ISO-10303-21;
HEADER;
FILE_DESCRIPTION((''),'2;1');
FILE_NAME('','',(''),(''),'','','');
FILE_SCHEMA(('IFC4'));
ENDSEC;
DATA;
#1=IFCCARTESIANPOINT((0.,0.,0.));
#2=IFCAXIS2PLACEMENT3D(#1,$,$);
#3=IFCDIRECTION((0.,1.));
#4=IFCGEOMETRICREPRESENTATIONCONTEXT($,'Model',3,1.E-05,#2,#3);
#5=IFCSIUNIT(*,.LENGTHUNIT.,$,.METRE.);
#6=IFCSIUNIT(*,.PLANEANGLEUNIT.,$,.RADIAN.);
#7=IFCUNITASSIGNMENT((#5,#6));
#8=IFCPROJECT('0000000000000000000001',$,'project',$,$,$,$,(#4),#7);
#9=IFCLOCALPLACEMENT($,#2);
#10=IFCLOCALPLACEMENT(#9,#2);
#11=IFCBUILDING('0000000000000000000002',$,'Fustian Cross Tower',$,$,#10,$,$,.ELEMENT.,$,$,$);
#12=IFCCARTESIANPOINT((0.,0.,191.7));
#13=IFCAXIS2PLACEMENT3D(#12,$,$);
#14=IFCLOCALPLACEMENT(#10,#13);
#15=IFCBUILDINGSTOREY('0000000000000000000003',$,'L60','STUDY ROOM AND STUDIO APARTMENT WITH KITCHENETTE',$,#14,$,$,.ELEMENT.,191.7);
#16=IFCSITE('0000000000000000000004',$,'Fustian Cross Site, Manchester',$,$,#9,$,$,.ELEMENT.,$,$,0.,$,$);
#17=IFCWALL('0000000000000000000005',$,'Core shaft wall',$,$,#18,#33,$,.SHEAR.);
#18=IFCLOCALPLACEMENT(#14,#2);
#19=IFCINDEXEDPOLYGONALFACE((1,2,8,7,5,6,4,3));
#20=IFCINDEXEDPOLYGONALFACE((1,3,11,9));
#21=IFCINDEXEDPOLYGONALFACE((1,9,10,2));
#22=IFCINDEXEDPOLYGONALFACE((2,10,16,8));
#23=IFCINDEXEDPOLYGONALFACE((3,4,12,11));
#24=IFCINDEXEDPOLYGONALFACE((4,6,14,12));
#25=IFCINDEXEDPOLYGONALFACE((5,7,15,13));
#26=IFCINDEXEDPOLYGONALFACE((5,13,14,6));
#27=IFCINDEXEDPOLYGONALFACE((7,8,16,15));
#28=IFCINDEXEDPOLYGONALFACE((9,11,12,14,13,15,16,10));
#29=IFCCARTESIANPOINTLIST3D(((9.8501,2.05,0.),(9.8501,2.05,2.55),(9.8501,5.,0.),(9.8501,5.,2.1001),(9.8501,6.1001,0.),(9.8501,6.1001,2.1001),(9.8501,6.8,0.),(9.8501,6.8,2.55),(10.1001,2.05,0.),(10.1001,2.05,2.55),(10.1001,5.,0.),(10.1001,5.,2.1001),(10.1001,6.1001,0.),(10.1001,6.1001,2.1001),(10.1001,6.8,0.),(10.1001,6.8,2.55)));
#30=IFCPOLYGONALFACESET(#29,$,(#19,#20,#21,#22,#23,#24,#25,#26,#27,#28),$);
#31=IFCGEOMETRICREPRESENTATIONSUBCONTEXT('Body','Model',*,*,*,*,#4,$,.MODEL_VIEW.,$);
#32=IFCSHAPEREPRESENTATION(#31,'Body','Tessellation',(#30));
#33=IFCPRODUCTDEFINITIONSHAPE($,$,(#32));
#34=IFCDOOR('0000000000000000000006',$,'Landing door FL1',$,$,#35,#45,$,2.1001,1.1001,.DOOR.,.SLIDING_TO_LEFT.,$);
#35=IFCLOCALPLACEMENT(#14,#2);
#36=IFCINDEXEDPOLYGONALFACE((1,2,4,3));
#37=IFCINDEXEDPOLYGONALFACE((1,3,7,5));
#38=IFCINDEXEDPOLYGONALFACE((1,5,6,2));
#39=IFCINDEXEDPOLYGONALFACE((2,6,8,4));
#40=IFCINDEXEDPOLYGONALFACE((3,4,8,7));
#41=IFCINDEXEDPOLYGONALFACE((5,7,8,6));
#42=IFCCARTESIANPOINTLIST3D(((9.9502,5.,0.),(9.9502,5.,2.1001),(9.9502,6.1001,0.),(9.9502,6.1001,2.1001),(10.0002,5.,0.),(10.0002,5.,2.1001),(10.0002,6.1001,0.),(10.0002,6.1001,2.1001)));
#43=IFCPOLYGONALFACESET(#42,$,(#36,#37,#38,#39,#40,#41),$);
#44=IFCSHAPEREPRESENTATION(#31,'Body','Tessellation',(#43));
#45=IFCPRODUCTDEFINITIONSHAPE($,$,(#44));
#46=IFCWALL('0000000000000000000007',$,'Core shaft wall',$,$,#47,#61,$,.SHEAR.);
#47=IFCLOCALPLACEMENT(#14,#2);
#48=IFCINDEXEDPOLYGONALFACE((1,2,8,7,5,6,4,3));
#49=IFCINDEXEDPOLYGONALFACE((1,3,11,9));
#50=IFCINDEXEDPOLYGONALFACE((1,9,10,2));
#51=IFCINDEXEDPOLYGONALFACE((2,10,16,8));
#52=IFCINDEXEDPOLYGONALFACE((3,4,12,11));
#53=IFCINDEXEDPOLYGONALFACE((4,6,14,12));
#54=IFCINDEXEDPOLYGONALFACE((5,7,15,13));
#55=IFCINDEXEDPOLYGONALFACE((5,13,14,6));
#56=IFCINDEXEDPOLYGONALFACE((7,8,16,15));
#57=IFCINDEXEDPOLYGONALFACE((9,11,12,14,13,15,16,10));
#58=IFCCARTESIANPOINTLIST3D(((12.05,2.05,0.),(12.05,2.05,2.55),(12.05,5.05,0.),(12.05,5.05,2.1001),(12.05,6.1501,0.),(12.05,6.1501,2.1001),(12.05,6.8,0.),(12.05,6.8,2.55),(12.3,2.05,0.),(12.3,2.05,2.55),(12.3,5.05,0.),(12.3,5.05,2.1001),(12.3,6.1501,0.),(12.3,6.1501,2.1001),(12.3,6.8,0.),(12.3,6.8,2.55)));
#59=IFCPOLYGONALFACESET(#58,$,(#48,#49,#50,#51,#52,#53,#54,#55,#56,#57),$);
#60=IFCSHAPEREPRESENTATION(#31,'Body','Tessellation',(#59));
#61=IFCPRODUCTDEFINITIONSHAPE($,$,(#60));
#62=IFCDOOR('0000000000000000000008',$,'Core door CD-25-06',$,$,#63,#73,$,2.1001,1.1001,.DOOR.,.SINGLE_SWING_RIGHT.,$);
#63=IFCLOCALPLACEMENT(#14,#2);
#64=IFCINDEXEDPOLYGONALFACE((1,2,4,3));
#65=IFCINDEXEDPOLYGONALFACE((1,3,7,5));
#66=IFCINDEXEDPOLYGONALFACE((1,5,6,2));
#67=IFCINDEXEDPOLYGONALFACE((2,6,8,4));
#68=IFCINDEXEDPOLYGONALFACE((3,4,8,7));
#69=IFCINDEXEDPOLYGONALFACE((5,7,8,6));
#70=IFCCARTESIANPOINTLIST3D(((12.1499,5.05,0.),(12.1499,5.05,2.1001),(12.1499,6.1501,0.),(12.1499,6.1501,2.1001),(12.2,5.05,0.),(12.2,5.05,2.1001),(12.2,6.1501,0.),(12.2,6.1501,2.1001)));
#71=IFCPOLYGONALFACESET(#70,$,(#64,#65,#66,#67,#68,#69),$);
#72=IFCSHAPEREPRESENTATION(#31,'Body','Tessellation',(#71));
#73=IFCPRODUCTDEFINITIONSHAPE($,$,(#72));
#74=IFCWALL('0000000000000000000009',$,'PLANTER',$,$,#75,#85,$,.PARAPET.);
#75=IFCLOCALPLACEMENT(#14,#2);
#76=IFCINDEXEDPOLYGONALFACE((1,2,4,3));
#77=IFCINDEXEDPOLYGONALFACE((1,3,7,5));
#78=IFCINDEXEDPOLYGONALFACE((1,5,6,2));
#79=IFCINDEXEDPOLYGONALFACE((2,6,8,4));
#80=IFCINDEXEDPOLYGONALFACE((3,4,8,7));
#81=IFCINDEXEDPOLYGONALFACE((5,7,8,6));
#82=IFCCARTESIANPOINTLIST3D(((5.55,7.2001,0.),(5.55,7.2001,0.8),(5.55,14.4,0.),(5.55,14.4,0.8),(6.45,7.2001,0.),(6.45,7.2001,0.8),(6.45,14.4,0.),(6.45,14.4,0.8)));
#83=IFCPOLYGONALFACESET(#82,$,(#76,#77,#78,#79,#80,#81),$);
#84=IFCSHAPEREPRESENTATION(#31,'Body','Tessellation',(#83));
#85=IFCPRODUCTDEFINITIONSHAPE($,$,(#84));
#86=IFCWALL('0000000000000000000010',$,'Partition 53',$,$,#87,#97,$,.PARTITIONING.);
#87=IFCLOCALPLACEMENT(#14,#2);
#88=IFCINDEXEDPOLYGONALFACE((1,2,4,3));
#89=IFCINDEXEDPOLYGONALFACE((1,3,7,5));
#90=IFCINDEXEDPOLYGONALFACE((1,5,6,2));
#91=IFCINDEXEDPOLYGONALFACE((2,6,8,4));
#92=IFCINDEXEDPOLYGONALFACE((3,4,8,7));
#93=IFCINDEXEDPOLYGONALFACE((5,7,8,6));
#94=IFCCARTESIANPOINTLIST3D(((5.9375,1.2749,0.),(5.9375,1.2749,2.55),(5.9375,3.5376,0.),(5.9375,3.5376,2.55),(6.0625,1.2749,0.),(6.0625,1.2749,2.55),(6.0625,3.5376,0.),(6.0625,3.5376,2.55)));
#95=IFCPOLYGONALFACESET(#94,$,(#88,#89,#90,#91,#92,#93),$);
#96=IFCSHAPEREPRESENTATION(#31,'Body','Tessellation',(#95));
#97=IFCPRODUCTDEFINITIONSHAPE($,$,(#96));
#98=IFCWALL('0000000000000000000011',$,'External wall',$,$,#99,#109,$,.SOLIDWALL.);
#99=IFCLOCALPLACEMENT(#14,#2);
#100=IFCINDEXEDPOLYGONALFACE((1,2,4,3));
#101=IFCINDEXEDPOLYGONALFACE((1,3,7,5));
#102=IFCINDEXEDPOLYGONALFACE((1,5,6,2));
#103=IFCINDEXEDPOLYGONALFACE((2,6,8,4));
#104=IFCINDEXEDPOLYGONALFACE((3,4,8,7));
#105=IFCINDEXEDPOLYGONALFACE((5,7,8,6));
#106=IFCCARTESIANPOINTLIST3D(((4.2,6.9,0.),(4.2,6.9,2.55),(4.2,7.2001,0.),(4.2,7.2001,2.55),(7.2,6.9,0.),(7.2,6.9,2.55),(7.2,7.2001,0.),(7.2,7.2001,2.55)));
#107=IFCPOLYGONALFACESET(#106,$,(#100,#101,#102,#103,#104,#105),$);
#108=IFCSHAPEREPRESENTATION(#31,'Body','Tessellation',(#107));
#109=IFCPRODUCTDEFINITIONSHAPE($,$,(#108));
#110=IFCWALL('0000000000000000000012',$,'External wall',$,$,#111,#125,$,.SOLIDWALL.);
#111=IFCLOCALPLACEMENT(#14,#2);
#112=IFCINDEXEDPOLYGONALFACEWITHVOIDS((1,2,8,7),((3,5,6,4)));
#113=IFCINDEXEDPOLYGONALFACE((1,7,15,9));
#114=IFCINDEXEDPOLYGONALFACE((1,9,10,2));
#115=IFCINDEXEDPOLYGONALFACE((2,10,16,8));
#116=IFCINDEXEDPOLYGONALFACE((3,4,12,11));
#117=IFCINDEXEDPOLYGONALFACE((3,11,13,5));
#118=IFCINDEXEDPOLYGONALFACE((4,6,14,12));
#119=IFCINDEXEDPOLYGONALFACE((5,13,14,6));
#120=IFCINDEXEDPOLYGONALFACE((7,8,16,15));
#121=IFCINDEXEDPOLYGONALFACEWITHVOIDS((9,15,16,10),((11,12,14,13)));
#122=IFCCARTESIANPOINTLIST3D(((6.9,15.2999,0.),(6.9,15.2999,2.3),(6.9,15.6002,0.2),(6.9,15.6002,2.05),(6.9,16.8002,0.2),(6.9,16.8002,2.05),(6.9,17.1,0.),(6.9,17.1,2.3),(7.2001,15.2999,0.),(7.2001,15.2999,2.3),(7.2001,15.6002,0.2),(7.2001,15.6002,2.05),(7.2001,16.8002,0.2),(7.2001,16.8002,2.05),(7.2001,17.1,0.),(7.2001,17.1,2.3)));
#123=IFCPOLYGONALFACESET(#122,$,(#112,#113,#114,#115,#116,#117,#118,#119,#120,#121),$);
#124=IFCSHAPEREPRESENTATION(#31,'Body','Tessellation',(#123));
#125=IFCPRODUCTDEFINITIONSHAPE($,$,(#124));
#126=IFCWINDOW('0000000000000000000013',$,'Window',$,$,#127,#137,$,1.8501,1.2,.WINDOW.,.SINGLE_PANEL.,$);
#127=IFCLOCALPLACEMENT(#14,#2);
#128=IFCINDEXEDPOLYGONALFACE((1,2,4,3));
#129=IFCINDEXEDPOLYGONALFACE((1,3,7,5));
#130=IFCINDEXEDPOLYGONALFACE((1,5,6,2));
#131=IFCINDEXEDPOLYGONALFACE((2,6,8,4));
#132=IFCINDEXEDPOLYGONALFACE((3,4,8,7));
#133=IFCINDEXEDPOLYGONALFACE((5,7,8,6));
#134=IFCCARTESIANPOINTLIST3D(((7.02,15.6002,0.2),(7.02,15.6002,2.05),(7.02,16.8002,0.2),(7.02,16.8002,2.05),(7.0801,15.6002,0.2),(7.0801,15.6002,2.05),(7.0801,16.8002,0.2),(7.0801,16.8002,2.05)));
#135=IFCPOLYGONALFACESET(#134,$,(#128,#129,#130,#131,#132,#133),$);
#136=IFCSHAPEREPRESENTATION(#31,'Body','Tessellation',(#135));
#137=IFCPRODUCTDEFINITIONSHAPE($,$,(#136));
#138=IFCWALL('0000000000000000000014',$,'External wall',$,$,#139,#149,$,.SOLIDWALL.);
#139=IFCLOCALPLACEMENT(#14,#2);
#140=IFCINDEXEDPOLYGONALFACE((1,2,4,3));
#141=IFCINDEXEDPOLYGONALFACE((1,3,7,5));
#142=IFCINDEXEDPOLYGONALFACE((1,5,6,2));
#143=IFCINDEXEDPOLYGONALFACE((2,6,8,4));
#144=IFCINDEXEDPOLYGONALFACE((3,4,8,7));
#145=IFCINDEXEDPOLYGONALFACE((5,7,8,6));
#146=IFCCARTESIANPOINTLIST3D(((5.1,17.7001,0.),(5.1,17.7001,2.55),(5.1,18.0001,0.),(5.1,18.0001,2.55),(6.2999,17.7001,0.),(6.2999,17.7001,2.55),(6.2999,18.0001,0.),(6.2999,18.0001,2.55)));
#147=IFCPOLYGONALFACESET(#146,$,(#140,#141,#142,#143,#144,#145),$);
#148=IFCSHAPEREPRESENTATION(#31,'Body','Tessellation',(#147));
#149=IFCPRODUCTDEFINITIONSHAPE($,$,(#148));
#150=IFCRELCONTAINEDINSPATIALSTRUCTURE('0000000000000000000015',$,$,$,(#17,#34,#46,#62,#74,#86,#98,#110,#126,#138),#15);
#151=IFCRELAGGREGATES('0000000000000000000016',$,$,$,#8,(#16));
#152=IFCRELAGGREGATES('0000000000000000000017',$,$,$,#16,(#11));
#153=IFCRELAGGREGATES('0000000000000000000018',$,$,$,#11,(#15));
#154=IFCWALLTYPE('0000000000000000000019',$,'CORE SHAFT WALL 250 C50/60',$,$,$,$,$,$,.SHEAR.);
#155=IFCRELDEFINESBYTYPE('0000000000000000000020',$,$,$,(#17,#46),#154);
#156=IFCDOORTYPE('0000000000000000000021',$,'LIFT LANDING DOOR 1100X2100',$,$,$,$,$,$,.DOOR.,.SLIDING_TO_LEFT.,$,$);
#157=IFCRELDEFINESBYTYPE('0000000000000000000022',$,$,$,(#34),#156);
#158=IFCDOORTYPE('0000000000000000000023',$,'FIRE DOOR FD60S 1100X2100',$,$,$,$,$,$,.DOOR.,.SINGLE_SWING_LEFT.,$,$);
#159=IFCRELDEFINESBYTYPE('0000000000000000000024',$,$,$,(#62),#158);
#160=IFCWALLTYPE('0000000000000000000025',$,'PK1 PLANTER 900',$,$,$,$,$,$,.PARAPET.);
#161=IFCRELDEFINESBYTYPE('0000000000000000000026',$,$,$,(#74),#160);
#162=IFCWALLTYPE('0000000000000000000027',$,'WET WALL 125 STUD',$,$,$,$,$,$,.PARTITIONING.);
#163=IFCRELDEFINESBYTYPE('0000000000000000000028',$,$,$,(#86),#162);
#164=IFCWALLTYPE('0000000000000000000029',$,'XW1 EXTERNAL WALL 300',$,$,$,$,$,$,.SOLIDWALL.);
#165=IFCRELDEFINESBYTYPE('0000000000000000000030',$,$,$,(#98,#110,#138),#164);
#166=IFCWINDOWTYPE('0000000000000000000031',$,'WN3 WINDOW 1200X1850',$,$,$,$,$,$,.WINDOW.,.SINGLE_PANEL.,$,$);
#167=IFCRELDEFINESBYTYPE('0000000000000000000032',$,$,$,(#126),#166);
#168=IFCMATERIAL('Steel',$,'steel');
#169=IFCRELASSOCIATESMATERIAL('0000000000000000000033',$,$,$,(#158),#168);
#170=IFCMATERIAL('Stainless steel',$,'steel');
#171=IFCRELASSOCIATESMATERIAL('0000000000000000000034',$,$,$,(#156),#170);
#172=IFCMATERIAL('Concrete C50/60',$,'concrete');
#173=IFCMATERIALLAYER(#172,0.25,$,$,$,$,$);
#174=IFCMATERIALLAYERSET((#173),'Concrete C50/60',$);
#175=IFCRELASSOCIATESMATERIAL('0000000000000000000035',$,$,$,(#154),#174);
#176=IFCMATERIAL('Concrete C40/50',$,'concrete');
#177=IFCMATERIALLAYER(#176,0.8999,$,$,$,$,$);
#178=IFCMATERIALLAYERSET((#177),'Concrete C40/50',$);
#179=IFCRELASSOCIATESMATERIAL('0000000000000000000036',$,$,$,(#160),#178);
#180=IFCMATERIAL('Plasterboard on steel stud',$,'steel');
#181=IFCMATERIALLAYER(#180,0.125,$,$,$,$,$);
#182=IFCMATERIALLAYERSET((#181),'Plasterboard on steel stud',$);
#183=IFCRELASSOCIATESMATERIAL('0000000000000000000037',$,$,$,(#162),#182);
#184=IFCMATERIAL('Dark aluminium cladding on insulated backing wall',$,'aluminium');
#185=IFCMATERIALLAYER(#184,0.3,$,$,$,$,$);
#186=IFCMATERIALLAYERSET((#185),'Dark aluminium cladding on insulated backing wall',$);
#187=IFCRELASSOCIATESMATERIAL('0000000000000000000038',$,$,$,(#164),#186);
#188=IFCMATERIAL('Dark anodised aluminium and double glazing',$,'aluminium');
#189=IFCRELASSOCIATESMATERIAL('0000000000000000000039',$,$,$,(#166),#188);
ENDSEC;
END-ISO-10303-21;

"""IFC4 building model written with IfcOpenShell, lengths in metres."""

from ifc_helpers import new_model, si_unit, direction, frame, frame_2d, origin, place, context, subcontext, project, spatial, rectangle, extrude, material, layer, layer_set, type_object, element, fill, save


model = new_model("IFC4")

# Units and contexts
model_context = context("Model", 3, precision=1e-05, world=origin(), true_north=direction((0.0, 1.0)))
body_context = subcontext(model_context, "Body", "Model", "MODEL_VIEW")
ifc_project = project(units=[si_unit("LENGTHUNIT", "METRE"), si_unit("PLANEANGLEUNIT", "RADIAN")], contexts=[model_context])

# Site, building, storey
site_placement = place(None, origin())
site = spatial("IfcSite", under=ifc_project, at=site_placement, Name="Fustian Cross Site, Manchester", CompositionType="ELEMENT", RefElevation=0.0)
building_placement = place(site_placement, origin())
building = spatial("IfcBuilding", under=site, at=building_placement, Name="Fustian Cross Tower", CompositionType="ELEMENT")
storey_placement = place(building_placement, frame((0.0, 0.0, 191.7)))
storey = spatial("IfcBuildingStorey", under=building, at=storey_placement, Name="L60", Description="STUDY ROOM AND STUDIO APARTMENT WITH KITCHENETTE", CompositionType="ELEMENT", Elevation=191.7)

# Shared definitions
ifc_material_1 = material(Name="Steel", Category="steel")
door_type_1 = type_object("IfcDoorType", Name="FIRE DOOR FD60S 1100X2100", OperationType="SINGLE_SWING_LEFT", PredefinedType="DOOR", material=ifc_material_1)
ifc_material_2 = material(Name="Stainless steel", Category="steel")
door_type_2 = type_object("IfcDoorType", Name="LIFT LANDING DOOR 1100X2100", OperationType="SLIDING_TO_LEFT", PredefinedType="DOOR", material=ifc_material_2)

# Shared definitions
ifc_material_3 = material(Name="Concrete C50/60", Category="concrete")
ifc_layer_1 = layer(ifc_material_3, 0.25)
ifc_layer_set_1 = layer_set([ifc_layer_1], Name="Concrete C50/60")
wall_type_1 = type_object("IfcWallType", Name="CORE SHAFT WALL 250 C50/60", PredefinedType="SHEAR", material=ifc_layer_set_1)

# Walls, openings, doors
wall_1_placement = place(storey_placement, frame((9.9751, 2.05, 0.0), z_axis=(0.0, 0.0, 1.0), x_axis=(0.0, 1.0, 0.0)))
wall_1 = element("IfcWall", 1, at=wall_1_placement, inside=storey, type_object=wall_type_1, Name="Core shaft wall", PredefinedType="SHEAR", context=body_context, shape_type="SweptSolid", body=[
    extrude(rectangle(XDim=4.75, YDim=0.25, at=frame_2d((2.375, 0.0))), origin(), (0.0, 0.0, 1.0), 2.55),
])
opening_1_placement = place(wall_1_placement, frame((2.95, 0.0, 0.0)))
opening_1 = element("IfcOpeningElement", 2, at=opening_1_placement, cuts=wall_1, PredefinedType="OPENING", context=body_context, shape_type="SweptSolid", body=[
    extrude(rectangle(XDim=1.1001, YDim=2.1001, at=frame_2d((0.55, 1.05))), frame((0.0, 0.135, 0.0), z_axis=(0.0, -1.0, 0.0), x_axis=(1.0, 0.0, 0.0)), (0.0, 0.0, 1.0), 0.27),
])
door_1_placement = place(opening_1_placement, origin())
door_1 = element("IfcDoor", 3, at=door_1_placement, inside=storey, type_object=door_type_2, Name="Landing door FL1", OperationType="SLIDING_TO_LEFT", OverallHeight=2.1001, OverallWidth=1.1001, PredefinedType="DOOR", context=body_context, shape_type="SweptSolid", body=[
    extrude(rectangle(XDim=1.1001, YDim=2.1001, at=frame_2d((0.55, 1.05))), frame((0.0, 0.0249, 0.0), z_axis=(0.0, -1.0, 0.0), x_axis=(1.0, 0.0, 0.0)), (0.0, 0.0, 1.0), 0.05),
])
fill(opening_1, door_1)
wall_2_placement = place(storey_placement, frame((12.175, 2.05, 0.0), z_axis=(0.0, 0.0, 1.0), x_axis=(0.0, 1.0, 0.0)))
wall_2 = element("IfcWall", 4, at=wall_2_placement, inside=storey, type_object=wall_type_1, Name="Core shaft wall", PredefinedType="SHEAR", context=body_context, shape_type="SweptSolid", body=[
    extrude(rectangle(XDim=4.75, YDim=0.25, at=frame_2d((2.375, 0.0))), origin(), (0.0, 0.0, 1.0), 2.55),
])
opening_2_placement = place(wall_2_placement, frame((3.0, 0.0, 0.0)))
opening_2 = element("IfcOpeningElement", 5, at=opening_2_placement, cuts=wall_2, PredefinedType="OPENING", context=body_context, shape_type="SweptSolid", body=[
    extrude(rectangle(XDim=1.1001, YDim=2.1001, at=frame_2d((0.55, 1.05))), frame((0.0, 0.135, 0.0), z_axis=(0.0, -1.0, 0.0), x_axis=(1.0, 0.0, 0.0)), (0.0, 0.0, 1.0), 0.27),
])
door_2_placement = place(opening_2_placement, frame((1.1001, 0.0, 0.0), z_axis=(0.0, 0.0, 1.0), x_axis=(-1.0, 0.0, 0.0)))
door_2 = element("IfcDoor", 6, at=door_2_placement, inside=storey, type_object=door_type_1, Name="Core door CD-25-06", OperationType="SINGLE_SWING_RIGHT", OverallHeight=2.1001, OverallWidth=1.1001, PredefinedType="DOOR", context=body_context, shape_type="SweptSolid", body=[
    extrude(rectangle(XDim=1.1001, YDim=2.1001, at=frame_2d((0.55, 1.05))), frame((0.0, 0.0249, 0.0), z_axis=(0.0, -1.0, 0.0), x_axis=(1.0, 0.0, 0.0)), (0.0, 0.0, 1.0), 0.05),
])
fill(opening_2, door_2)

# Walls
ifc_material_4 = material(Name="Concrete C40/50", Category="concrete")
ifc_layer_2 = layer(ifc_material_4, 0.8999)
ifc_layer_set_2 = layer_set([ifc_layer_2], Name="Concrete C40/50")
wall_type_2 = type_object("IfcWallType", Name="PK1 PLANTER 900", PredefinedType="PARAPET", material=ifc_layer_set_2)
wall_3_placement = place(storey_placement, frame((6.0, 7.2, 0.0), z_axis=(0.0, 0.0, 1.0), x_axis=(0.0, 1.0, 0.0)))
element("IfcWall", 7, at=wall_3_placement, inside=storey, type_object=wall_type_2, Name="PLANTER", PredefinedType="PARAPET", context=body_context, shape_type="SweptSolid", body=[
    extrude(rectangle(XDim=7.2, YDim=0.8999, at=frame_2d((3.6001, 0.0))), origin(), (0.0, 0.0, 1.0), 0.8),
])
ifc_material_5 = material(Name="Plasterboard on steel stud", Category="steel")
ifc_layer_3 = layer(ifc_material_5, 0.125)
ifc_layer_set_3 = layer_set([ifc_layer_3], Name="Plasterboard on steel stud")
wall_type_3 = type_object("IfcWallType", Name="WET WALL 125 STUD", PredefinedType="PARTITIONING", material=ifc_layer_set_3)
wall_4_placement = place(storey_placement, frame((6.0, 1.2749, 0.0), z_axis=(0.0, 0.0, 1.0), x_axis=(0.0, 1.0, 0.0)))
element("IfcWall", 8, at=wall_4_placement, inside=storey, type_object=wall_type_3, Name="Partition 53", PredefinedType="PARTITIONING", context=body_context, shape_type="SweptSolid", body=[
    extrude(rectangle(XDim=2.2627, YDim=0.125, at=frame_2d((1.1313, 0.0))), origin(), (0.0, 0.0, 1.0), 2.55),
])
ifc_material_6 = material(Name="Dark aluminium cladding on insulated backing wall", Category="aluminium")
ifc_layer_4 = layer(ifc_material_6, 0.3)
ifc_layer_set_4 = layer_set([ifc_layer_4], Name="Dark aluminium cladding on insulated backing wall")
wall_type_4 = type_object("IfcWallType", Name="XW1 EXTERNAL WALL 300", PredefinedType="SOLIDWALL", material=ifc_layer_set_4)
wall_5_placement = place(storey_placement, frame((7.2, 7.05, 0.0), z_axis=(0.0, 0.0, 1.0), x_axis=(-1.0, 0.0, 0.0)))
element("IfcWall", 9, at=wall_5_placement, inside=storey, type_object=wall_type_4, Name="External wall", PredefinedType="SOLIDWALL", context=body_context, shape_type="SweptSolid", body=[
    extrude(rectangle(XDim=3.0, YDim=0.3, at=frame_2d((1.5, 0.0))), origin(), (0.0, 0.0, 1.0), 2.55),
])

# Wall, opening, window
wall_6_placement = place(storey_placement, frame((7.05, 15.3, 0.0), z_axis=(0.0, 0.0, 1.0), x_axis=(0.0, 1.0, 0.0)))
wall_6 = element("IfcWall", 10, at=wall_6_placement, inside=storey, type_object=wall_type_4, Name="External wall", PredefinedType="SOLIDWALL", context=body_context, shape_type="SweptSolid", body=[
    extrude(rectangle(XDim=1.8, YDim=0.3, at=frame_2d((0.8999, 0.0))), origin(), (0.0, 0.0, 1.0), 2.3),
])
opening_3_placement = place(wall_6_placement, frame((0.3, 0.0, 0.2)))
opening_3 = element("IfcOpeningElement", 11, at=opening_3_placement, cuts=wall_6, PredefinedType="OPENING", context=body_context, shape_type="SweptSolid", body=[
    extrude(rectangle(XDim=1.2, YDim=1.8501, at=frame_2d((0.6001, 0.925))), frame((0.0, 0.1599, 0.0), z_axis=(0.0, -1.0, 0.0), x_axis=(1.0, 0.0, 0.0)), (0.0, 0.0, 1.0), 0.3201),
])
ifc_material_7 = material(Name="Dark anodised aluminium and double glazing", Category="aluminium")
window_type = type_object("IfcWindowType", Name="WN3 WINDOW 1200X1850", PartitioningType="SINGLE_PANEL", PredefinedType="WINDOW", material=ifc_material_7)
window_placement = place(opening_3_placement, origin())
window = element("IfcWindow", 12, at=window_placement, inside=storey, type_object=window_type, Name="Window", OverallHeight=1.8501, OverallWidth=1.2, PartitioningType="SINGLE_PANEL", PredefinedType="WINDOW", context=body_context, shape_type="SweptSolid", body=[
    extrude(rectangle(XDim=1.2, YDim=1.8501, at=frame_2d((0.6001, 0.925))), frame((0.0, 0.03, 0.0), z_axis=(0.0, -1.0, 0.0), x_axis=(1.0, 0.0, 0.0)), (0.0, 0.0, 1.0), 0.0601),
])
fill(opening_3, window)

# Wall
wall_7_placement = place(storey_placement, frame((6.3, 17.8501, 0.0), z_axis=(0.0, 0.0, 1.0), x_axis=(-1.0, 0.0, 0.0)))
element("IfcWall", 13, at=wall_7_placement, inside=storey, type_object=wall_type_4, Name="External wall", PredefinedType="SOLIDWALL", context=body_context, shape_type="SweptSolid", body=[
    extrude(rectangle(XDim=1.2, YDim=0.3, at=frame_2d((0.6001, 0.0))), origin(), (0.0, 0.0, 1.0), 2.55),
])

save(model, "model.ifc")
